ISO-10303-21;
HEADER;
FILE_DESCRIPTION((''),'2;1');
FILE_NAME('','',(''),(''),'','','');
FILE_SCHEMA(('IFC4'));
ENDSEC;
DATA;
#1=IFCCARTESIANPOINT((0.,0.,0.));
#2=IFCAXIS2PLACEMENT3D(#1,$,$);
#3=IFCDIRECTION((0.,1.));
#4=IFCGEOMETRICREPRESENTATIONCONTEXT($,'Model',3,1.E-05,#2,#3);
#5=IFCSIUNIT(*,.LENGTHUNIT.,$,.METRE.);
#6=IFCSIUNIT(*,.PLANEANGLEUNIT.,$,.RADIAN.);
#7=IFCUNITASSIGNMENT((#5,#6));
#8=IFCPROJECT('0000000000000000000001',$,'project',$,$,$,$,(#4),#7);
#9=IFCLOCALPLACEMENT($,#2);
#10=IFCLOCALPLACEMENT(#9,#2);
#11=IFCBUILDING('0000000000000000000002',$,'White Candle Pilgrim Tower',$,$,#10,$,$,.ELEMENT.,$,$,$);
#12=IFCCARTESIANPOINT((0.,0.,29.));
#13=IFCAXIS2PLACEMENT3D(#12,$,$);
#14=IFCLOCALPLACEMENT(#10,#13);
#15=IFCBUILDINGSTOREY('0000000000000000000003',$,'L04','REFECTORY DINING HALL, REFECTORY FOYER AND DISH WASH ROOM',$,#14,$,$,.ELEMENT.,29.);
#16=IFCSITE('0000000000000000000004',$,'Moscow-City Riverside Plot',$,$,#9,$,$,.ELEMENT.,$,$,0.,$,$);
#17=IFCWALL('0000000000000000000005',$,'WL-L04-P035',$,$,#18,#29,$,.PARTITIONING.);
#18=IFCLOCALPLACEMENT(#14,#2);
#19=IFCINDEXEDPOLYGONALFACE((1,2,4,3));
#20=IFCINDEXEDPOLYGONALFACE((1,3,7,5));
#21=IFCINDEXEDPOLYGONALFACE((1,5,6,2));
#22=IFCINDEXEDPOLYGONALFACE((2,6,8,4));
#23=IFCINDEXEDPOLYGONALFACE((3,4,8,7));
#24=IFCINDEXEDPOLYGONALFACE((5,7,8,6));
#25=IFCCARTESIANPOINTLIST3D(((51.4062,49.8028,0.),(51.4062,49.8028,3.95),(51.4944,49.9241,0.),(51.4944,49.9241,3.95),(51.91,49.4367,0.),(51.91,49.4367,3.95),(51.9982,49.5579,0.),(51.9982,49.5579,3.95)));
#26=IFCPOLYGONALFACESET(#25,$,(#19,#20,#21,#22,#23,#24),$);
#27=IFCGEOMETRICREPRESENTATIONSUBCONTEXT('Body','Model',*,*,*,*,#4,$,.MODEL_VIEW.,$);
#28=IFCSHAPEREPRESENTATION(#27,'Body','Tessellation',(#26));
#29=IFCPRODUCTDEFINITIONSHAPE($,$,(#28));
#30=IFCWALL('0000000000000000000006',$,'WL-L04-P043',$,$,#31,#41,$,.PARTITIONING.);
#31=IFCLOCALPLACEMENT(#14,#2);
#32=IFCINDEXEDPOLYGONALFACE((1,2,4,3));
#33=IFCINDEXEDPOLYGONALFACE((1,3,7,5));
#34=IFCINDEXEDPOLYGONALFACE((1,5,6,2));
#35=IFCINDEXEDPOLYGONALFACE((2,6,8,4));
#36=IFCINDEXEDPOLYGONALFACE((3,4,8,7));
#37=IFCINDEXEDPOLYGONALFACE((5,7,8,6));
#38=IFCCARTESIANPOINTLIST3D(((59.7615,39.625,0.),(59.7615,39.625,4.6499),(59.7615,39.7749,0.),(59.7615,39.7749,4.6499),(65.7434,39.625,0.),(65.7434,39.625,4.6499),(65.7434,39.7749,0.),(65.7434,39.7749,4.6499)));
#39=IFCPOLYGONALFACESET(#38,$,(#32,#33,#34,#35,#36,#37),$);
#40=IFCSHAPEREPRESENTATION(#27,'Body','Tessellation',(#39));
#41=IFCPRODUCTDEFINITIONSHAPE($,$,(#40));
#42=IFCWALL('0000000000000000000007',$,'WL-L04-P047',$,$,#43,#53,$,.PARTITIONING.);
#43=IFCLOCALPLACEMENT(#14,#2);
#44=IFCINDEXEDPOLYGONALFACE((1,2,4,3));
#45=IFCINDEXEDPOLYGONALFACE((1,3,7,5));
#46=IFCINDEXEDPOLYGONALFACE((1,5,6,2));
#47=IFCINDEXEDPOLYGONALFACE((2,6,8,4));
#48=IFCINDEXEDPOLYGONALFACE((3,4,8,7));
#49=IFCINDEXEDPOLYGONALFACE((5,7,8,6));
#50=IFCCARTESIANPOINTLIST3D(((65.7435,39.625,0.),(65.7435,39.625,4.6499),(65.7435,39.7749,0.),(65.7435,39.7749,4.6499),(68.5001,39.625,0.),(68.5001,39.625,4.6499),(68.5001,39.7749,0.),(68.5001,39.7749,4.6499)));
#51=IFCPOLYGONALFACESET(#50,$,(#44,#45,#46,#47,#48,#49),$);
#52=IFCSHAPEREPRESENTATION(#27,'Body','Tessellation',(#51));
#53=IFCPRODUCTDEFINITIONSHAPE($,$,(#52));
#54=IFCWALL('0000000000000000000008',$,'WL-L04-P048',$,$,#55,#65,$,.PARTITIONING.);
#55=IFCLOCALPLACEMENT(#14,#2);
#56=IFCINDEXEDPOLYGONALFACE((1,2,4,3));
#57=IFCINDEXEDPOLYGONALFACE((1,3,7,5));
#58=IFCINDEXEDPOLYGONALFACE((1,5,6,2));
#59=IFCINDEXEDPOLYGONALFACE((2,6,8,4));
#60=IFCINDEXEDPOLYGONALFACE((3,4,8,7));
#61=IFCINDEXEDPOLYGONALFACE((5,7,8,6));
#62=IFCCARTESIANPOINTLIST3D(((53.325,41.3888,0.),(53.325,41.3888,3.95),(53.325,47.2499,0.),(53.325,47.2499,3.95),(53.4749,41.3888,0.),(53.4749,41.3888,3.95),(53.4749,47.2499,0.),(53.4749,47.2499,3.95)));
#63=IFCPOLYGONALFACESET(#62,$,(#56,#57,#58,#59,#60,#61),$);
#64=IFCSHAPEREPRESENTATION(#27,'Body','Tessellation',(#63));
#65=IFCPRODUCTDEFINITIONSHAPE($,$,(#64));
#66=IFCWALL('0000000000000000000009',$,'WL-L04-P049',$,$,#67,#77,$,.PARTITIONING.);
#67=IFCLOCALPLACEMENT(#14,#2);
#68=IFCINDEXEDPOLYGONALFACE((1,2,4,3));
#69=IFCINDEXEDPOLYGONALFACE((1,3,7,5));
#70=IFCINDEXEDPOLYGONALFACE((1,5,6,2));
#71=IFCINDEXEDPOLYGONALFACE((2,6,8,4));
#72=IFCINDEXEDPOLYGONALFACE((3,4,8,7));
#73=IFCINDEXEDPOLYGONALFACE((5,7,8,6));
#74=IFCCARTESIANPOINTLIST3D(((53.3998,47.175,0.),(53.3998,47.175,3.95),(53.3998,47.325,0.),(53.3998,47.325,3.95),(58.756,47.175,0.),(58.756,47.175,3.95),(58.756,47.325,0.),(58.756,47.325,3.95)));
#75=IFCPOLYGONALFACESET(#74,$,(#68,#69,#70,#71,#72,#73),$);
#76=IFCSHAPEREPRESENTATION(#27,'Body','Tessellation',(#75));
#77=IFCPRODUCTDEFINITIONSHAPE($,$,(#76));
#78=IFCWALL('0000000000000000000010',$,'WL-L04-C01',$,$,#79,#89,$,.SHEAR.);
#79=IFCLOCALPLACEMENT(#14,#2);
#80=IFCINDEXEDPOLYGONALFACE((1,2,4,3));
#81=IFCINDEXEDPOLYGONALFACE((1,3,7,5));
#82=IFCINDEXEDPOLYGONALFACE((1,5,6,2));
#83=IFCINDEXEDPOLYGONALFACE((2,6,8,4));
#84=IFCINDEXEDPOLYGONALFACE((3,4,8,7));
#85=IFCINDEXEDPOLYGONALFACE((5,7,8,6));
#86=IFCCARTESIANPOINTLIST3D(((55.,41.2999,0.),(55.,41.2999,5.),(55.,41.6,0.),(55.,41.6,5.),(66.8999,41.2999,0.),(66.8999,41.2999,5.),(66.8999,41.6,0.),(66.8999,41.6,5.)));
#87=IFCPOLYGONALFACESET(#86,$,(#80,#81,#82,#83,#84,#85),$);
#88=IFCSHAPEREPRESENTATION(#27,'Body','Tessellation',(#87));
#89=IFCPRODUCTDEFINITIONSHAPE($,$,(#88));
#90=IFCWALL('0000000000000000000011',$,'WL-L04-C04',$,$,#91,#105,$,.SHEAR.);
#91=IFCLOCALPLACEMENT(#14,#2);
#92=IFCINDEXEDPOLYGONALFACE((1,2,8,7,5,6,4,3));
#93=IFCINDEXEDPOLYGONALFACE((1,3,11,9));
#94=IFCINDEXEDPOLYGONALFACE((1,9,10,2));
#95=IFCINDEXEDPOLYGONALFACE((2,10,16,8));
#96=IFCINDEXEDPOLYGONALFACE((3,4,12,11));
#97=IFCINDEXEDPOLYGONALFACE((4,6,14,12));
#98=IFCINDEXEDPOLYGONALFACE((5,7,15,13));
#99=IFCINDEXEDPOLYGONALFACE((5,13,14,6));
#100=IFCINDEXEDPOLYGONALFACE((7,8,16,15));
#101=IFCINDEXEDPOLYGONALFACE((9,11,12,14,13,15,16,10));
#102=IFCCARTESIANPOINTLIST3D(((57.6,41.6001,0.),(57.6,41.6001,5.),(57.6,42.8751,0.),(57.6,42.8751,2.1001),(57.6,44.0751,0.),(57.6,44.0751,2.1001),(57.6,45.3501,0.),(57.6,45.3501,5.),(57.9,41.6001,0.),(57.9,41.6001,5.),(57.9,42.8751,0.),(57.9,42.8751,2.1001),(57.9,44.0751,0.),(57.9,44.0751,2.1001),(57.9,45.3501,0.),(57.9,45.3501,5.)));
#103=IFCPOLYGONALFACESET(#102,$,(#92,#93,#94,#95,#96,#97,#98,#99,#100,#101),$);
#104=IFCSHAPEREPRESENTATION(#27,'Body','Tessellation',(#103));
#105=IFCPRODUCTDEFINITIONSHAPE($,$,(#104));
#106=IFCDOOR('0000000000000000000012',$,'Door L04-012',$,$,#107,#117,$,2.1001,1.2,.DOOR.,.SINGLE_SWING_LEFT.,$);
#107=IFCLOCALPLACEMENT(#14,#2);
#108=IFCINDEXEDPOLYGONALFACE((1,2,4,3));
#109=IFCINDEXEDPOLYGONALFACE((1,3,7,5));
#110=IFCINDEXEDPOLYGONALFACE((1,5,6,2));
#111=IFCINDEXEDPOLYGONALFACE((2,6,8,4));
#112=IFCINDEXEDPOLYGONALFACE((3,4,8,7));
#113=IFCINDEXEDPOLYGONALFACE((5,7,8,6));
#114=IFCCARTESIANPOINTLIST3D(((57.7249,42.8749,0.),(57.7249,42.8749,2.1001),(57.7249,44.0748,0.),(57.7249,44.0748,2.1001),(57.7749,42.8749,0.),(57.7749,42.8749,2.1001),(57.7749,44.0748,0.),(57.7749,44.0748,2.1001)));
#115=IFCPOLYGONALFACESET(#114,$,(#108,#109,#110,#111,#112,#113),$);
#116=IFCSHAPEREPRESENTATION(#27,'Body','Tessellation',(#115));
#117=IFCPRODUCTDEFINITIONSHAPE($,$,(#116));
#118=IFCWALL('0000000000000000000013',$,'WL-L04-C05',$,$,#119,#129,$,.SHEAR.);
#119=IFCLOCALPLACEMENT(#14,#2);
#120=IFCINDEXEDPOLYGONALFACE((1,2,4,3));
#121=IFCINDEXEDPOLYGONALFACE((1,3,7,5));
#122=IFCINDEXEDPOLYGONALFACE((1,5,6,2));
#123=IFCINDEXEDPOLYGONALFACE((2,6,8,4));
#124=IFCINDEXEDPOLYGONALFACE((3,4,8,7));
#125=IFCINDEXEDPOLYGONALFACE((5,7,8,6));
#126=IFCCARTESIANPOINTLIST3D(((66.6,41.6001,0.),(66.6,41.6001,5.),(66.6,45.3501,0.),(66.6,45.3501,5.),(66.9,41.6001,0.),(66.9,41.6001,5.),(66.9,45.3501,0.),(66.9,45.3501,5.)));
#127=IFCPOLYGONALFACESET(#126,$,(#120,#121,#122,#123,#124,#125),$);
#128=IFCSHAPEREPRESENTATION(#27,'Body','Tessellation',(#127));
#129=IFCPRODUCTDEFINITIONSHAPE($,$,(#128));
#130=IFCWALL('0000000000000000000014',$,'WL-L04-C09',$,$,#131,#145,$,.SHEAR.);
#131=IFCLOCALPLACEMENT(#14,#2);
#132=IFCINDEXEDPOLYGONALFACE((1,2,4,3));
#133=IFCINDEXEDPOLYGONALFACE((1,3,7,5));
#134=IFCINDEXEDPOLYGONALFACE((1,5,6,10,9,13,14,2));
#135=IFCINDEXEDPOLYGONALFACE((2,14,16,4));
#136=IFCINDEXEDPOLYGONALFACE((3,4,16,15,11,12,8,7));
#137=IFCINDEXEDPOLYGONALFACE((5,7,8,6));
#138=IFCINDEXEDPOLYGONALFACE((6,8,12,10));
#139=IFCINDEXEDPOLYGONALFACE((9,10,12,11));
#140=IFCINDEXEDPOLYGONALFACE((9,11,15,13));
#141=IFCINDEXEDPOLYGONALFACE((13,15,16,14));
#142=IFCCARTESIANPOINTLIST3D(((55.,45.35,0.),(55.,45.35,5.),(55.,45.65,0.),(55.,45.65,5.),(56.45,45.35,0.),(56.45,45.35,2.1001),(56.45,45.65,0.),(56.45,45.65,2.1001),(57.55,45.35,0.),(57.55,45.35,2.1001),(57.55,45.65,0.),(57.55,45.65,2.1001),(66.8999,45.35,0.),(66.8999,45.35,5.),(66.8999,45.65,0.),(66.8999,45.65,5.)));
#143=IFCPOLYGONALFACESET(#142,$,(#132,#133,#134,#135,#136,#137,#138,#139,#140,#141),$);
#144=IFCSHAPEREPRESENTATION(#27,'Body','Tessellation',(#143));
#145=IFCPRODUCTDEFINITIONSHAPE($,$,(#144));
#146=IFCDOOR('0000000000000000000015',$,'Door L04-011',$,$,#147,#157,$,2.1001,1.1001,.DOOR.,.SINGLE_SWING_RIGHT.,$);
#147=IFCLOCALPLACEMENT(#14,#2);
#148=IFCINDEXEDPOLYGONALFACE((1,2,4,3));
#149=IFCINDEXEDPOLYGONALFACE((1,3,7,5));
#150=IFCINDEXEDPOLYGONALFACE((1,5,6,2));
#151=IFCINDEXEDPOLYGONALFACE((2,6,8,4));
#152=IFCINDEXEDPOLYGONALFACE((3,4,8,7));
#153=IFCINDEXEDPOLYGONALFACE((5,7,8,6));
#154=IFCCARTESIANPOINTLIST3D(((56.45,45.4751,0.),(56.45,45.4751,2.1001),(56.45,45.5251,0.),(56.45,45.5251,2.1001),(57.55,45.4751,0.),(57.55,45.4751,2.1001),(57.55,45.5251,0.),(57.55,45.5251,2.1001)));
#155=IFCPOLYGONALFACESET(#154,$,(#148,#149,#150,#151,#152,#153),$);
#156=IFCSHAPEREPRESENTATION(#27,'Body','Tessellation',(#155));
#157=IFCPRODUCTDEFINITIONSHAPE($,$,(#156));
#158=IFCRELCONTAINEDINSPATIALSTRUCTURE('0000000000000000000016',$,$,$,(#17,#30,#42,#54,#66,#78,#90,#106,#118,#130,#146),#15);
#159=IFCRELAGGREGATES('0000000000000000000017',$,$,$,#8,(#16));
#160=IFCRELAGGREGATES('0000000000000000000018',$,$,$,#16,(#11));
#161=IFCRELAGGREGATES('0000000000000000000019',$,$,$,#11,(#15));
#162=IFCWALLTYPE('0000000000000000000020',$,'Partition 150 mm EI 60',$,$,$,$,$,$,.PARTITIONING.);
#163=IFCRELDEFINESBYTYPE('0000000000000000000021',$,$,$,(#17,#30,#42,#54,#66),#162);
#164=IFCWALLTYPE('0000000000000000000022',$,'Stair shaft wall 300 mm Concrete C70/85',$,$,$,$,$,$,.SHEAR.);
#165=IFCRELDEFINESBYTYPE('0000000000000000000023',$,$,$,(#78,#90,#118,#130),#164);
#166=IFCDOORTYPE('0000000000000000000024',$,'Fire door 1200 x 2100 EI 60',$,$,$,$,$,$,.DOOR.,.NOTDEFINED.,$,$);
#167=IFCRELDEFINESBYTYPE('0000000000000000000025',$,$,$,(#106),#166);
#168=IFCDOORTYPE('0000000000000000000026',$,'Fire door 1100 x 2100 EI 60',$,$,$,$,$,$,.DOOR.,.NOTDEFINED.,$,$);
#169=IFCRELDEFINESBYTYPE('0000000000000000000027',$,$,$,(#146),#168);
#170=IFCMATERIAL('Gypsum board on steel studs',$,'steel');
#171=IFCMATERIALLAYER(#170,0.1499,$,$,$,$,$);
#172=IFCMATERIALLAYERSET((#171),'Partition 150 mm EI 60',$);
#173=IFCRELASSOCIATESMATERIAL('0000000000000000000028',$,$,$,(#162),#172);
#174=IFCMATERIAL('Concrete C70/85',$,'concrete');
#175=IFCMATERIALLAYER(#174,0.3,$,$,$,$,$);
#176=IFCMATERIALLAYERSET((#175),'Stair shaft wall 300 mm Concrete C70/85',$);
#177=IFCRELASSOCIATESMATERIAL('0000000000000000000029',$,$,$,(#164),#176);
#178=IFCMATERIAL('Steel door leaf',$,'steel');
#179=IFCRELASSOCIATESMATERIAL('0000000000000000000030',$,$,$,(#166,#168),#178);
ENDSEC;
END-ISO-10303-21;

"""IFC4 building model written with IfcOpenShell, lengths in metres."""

from ifc_helpers import new_model, si_unit, direction, frame, frame_2d, origin, place, context, subcontext, project, spatial, rectangle, extrude, material, layer, layer_set, type_object, element, fill, save


model = new_model("IFC4")

# Units and contexts
model_context = context("Model", 3, precision=1e-05, world=origin(), true_north=direction((0.0, 1.0)))
body_context = subcontext(model_context, "Body", "Model", "MODEL_VIEW")
ifc_project = project(units=[si_unit("LENGTHUNIT", "METRE"), si_unit("PLANEANGLEUNIT", "RADIAN")], contexts=[model_context])

# Site, building, storey
site_placement = place(None, origin())
site = spatial("IfcSite", under=ifc_project, at=site_placement, Name="Moscow-City Riverside Plot", CompositionType="ELEMENT", RefElevation=0.0)
building_placement = place(site_placement, origin())
building = spatial("IfcBuilding", under=site, at=building_placement, Name="White Candle Pilgrim Tower", CompositionType="ELEMENT")
storey_placement = place(building_placement, frame((0.0, 0.0, 29.0)))
storey = spatial("IfcBuildingStorey", under=building, at=storey_placement, Name="L04", Description="REFECTORY DINING HALL, REFECTORY FOYER AND DISH WASH ROOM", CompositionType="ELEMENT", Elevation=29.0)

# Shared definitions
ifc_material_1 = material(Name="Concrete C70/85", Category="concrete")

# Shared definitions
ifc_material_2 = material(Name="Gypsum board on steel studs", Category="steel")
ifc_material_3 = material(Name="Steel door leaf", Category="steel")

# Walls
ifc_layer_1 = layer(ifc_material_2, 0.1499)
ifc_layer_set_1 = layer_set([ifc_layer_1], Name="Partition 150 mm EI 60")
wall_type_1 = type_object("IfcWallType", Name="Partition 150 mm EI 60", PredefinedType="PARTITIONING", material=ifc_layer_set_1)
wall_1_placement = place(storey_placement, frame((51.4502, 49.8635, 0.0), z_axis=(0.0, 0.0, 1.0), x_axis=(0.808939, -0.587892, 0.0)))
element("IfcWall", 1, at=wall_1_placement, inside=storey, type_object=wall_type_1, Name="WL-L04-P035", PredefinedType="PARTITIONING", context=body_context, shape_type="SweptSolid", body=[
    extrude(rectangle(XDim=0.6228, YDim=0.1499, at=frame_2d((0.3115, 0.0))), origin(), (0.0, 0.0, 1.0), 3.95),
])
wall_2_placement = place(storey_placement, frame((59.7615, 39.7, 0.0), z_axis=(0.0, 0.0, 1.0), x_axis=(1.0, 0.0, 0.0)))
element("IfcWall", 2, at=wall_2_placement, inside=storey, type_object=wall_type_1, Name="WL-L04-P043", PredefinedType="PARTITIONING", context=body_context, shape_type="SweptSolid", body=[
    extrude(rectangle(XDim=5.9819, YDim=0.1499, at=frame_2d((2.991, 0.0))), origin(), (0.0, 0.0, 1.0), 4.6499),
])
wall_3_placement = place(storey_placement, frame((65.7434, 39.7, 0.0), z_axis=(0.0, 0.0, 1.0), x_axis=(1.0, 0.0, 0.0)))
element("IfcWall", 3, at=wall_3_placement, inside=storey, type_object=wall_type_1, Name="WL-L04-P047", PredefinedType="PARTITIONING", context=body_context, shape_type="SweptSolid", body=[
    extrude(rectangle(XDim=2.7566, YDim=0.1499, at=frame_2d((1.3784, 0.0))), origin(), (0.0, 0.0, 1.0), 4.6499),
])
wall_4_placement = place(storey_placement, frame((53.3999, 47.25, 0.0), z_axis=(0.0, 0.0, 1.0), x_axis=(0.0, -1.0, 0.0)))
element("IfcWall", 4, at=wall_4_placement, inside=storey, type_object=wall_type_1, Name="WL-L04-P048", PredefinedType="PARTITIONING", context=body_context, shape_type="SweptSolid", body=[
    extrude(rectangle(XDim=5.8611, YDim=0.1499, at=frame_2d((2.9307, 0.0))), origin(), (0.0, 0.0, 1.0), 3.95),
])
wall_5_placement = place(storey_placement, frame((58.7561, 47.25, 0.0), z_axis=(0.0, 0.0, 1.0), x_axis=(-1.0, 0.0, 0.0)))
element("IfcWall", 5, at=wall_5_placement, inside=storey, type_object=wall_type_1, Name="WL-L04-P049", PredefinedType="PARTITIONING", context=body_context, shape_type="SweptSolid", body=[
    extrude(rectangle(XDim=5.3562, YDim=0.1499, at=frame_2d((2.6782, 0.0))), origin(), (0.0, 0.0, 1.0), 3.95),
])
ifc_layer_2 = layer(ifc_material_1, 0.3)
ifc_layer_set_2 = layer_set([ifc_layer_2], Name="Stair shaft wall 300 mm Concrete C70/85")
wall_type_2 = type_object("IfcWallType", Name="Stair shaft wall 300 mm Concrete C70/85", PredefinedType="SHEAR", material=ifc_layer_set_2)
wall_6_placement = place(storey_placement, frame((55.0, 41.45, 0.0), z_axis=(0.0, 0.0, 1.0), x_axis=(1.0, 0.0, 0.0)))
element("IfcWall", 6, at=wall_6_placement, inside=storey, type_object=wall_type_2, Name="WL-L04-C01", PredefinedType="SHEAR", context=body_context, shape_type="SweptSolid", body=[
    extrude(rectangle(XDim=11.8999, YDim=0.3, at=frame_2d((5.95, 0.0))), origin(), (0.0, 0.0, 1.0), 5.0),
])

# Wall, opening, door
wall_7_placement = place(storey_placement, frame((57.75, 41.6001, 0.0), z_axis=(0.0, 0.0, 1.0), x_axis=(0.0, 1.0, 0.0)))
wall_7 = element("IfcWall", 7, at=wall_7_placement, inside=storey, type_object=wall_type_2, Name="WL-L04-C04", PredefinedType="SHEAR", context=body_context, shape_type="SweptSolid", body=[
    extrude(rectangle(XDim=3.75, YDim=0.3, at=frame_2d((1.875, 0.0))), origin(), (0.0, 0.0, 1.0), 5.0),
])
opening_1_placement = place(wall_7_placement, frame((1.2749, 0.0, 0.0)))
opening_1 = element("IfcOpeningElement", 8, at=opening_1_placement, cuts=wall_7, PredefinedType="OPENING", context=body_context, shape_type="SweptSolid", body=[
    extrude(rectangle(XDim=1.2, YDim=2.1001, at=frame_2d((0.6001, 1.05))), frame((0.0, 0.1599, 0.0), z_axis=(0.0, -1.0, 0.0), x_axis=(1.0, 0.0, 0.0)), (0.0, 0.0, 1.0), 0.3201),
])
door_type_1 = type_object("IfcDoorType", Name="Fire door 1200 x 2100 EI 60", OperationType="NOTDEFINED", PredefinedType="DOOR", material=ifc_material_3)
door_1_placement = place(opening_1_placement, frame((1.2, 0.0, 0.0), z_axis=(0.0, 0.0, 1.0), x_axis=(-1.0, 0.0, 0.0)))
door_1 = element("IfcDoor", 9, at=door_1_placement, inside=storey, type_object=door_type_1, Name="Door L04-012", OperationType="SINGLE_SWING_LEFT", OverallHeight=2.1001, OverallWidth=1.2, PredefinedType="DOOR", context=body_context, shape_type="SweptSolid", body=[
    extrude(rectangle(XDim=1.2, YDim=2.1001, at=frame_2d((0.6001, 1.05))), frame((0.0, 0.0249, 0.0), z_axis=(0.0, -1.0, 0.0), x_axis=(1.0, 0.0, 0.0)), (0.0, 0.0, 1.0), 0.05),
])
fill(opening_1, door_1)

# Wall
wall_8_placement = place(storey_placement, frame((66.75, 41.6001, 0.0), z_axis=(0.0, 0.0, 1.0), x_axis=(0.0, 1.0, 0.0)))
element("IfcWall", 10, at=wall_8_placement, inside=storey, type_object=wall_type_2, Name="WL-L04-C05", PredefinedType="SHEAR", context=body_context, shape_type="SweptSolid", body=[
    extrude(rectangle(XDim=3.75, YDim=0.3, at=frame_2d((1.875, 0.0))), origin(), (0.0, 0.0, 1.0), 5.0),
])

# Wall, opening, door
wall_9_placement = place(storey_placement, frame((55.0, 45.5, 0.0), z_axis=(0.0, 0.0, 1.0), x_axis=(1.0, 0.0, 0.0)))
wall_9 = element("IfcWall", 11, at=wall_9_placement, inside=storey, type_object=wall_type_2, Name="WL-L04-C09", PredefinedType="SHEAR", context=body_context, shape_type="SweptSolid", body=[
    extrude(rectangle(XDim=11.8999, YDim=0.3, at=frame_2d((5.95, 0.0))), origin(), (0.0, 0.0, 1.0), 5.0),
])
opening_2_placement = place(wall_9_placement, frame((1.45, 0.0, 0.0)))
opening_2 = element("IfcOpeningElement", 12, at=opening_2_placement, cuts=wall_9, PredefinedType="OPENING", context=body_context, shape_type="SweptSolid", body=[
    extrude(rectangle(XDim=1.1001, YDim=2.1001, at=frame_2d((0.55, 1.05))), frame((0.0, 0.1599, 0.0), z_axis=(0.0, -1.0, 0.0), x_axis=(1.0, 0.0, 0.0)), (0.0, 0.0, 1.0), 0.3201),
])
door_type_2 = type_object("IfcDoorType", Name="Fire door 1100 x 2100 EI 60", OperationType="NOTDEFINED", PredefinedType="DOOR", material=ifc_material_3)
door_2_placement = place(opening_2_placement, frame((1.1001, 0.0, 0.0), z_axis=(0.0, 0.0, 1.0), x_axis=(-1.0, 0.0, 0.0)))
door_2 = element("IfcDoor", 13, at=door_2_placement, inside=storey, type_object=door_type_2, Name="Door L04-011", OperationType="SINGLE_SWING_RIGHT", OverallHeight=2.1001, OverallWidth=1.1001, PredefinedType="DOOR", context=body_context, shape_type="SweptSolid", body=[
    extrude(rectangle(XDim=1.1001, YDim=2.1001, at=frame_2d((0.55, 1.05))), frame((0.0, 0.0249, 0.0), z_axis=(0.0, -1.0, 0.0), x_axis=(1.0, 0.0, 0.0)), (0.0, 0.0, 1.0), 0.05),
])
fill(opening_2, door_2)

save(model, "model.ifc")
